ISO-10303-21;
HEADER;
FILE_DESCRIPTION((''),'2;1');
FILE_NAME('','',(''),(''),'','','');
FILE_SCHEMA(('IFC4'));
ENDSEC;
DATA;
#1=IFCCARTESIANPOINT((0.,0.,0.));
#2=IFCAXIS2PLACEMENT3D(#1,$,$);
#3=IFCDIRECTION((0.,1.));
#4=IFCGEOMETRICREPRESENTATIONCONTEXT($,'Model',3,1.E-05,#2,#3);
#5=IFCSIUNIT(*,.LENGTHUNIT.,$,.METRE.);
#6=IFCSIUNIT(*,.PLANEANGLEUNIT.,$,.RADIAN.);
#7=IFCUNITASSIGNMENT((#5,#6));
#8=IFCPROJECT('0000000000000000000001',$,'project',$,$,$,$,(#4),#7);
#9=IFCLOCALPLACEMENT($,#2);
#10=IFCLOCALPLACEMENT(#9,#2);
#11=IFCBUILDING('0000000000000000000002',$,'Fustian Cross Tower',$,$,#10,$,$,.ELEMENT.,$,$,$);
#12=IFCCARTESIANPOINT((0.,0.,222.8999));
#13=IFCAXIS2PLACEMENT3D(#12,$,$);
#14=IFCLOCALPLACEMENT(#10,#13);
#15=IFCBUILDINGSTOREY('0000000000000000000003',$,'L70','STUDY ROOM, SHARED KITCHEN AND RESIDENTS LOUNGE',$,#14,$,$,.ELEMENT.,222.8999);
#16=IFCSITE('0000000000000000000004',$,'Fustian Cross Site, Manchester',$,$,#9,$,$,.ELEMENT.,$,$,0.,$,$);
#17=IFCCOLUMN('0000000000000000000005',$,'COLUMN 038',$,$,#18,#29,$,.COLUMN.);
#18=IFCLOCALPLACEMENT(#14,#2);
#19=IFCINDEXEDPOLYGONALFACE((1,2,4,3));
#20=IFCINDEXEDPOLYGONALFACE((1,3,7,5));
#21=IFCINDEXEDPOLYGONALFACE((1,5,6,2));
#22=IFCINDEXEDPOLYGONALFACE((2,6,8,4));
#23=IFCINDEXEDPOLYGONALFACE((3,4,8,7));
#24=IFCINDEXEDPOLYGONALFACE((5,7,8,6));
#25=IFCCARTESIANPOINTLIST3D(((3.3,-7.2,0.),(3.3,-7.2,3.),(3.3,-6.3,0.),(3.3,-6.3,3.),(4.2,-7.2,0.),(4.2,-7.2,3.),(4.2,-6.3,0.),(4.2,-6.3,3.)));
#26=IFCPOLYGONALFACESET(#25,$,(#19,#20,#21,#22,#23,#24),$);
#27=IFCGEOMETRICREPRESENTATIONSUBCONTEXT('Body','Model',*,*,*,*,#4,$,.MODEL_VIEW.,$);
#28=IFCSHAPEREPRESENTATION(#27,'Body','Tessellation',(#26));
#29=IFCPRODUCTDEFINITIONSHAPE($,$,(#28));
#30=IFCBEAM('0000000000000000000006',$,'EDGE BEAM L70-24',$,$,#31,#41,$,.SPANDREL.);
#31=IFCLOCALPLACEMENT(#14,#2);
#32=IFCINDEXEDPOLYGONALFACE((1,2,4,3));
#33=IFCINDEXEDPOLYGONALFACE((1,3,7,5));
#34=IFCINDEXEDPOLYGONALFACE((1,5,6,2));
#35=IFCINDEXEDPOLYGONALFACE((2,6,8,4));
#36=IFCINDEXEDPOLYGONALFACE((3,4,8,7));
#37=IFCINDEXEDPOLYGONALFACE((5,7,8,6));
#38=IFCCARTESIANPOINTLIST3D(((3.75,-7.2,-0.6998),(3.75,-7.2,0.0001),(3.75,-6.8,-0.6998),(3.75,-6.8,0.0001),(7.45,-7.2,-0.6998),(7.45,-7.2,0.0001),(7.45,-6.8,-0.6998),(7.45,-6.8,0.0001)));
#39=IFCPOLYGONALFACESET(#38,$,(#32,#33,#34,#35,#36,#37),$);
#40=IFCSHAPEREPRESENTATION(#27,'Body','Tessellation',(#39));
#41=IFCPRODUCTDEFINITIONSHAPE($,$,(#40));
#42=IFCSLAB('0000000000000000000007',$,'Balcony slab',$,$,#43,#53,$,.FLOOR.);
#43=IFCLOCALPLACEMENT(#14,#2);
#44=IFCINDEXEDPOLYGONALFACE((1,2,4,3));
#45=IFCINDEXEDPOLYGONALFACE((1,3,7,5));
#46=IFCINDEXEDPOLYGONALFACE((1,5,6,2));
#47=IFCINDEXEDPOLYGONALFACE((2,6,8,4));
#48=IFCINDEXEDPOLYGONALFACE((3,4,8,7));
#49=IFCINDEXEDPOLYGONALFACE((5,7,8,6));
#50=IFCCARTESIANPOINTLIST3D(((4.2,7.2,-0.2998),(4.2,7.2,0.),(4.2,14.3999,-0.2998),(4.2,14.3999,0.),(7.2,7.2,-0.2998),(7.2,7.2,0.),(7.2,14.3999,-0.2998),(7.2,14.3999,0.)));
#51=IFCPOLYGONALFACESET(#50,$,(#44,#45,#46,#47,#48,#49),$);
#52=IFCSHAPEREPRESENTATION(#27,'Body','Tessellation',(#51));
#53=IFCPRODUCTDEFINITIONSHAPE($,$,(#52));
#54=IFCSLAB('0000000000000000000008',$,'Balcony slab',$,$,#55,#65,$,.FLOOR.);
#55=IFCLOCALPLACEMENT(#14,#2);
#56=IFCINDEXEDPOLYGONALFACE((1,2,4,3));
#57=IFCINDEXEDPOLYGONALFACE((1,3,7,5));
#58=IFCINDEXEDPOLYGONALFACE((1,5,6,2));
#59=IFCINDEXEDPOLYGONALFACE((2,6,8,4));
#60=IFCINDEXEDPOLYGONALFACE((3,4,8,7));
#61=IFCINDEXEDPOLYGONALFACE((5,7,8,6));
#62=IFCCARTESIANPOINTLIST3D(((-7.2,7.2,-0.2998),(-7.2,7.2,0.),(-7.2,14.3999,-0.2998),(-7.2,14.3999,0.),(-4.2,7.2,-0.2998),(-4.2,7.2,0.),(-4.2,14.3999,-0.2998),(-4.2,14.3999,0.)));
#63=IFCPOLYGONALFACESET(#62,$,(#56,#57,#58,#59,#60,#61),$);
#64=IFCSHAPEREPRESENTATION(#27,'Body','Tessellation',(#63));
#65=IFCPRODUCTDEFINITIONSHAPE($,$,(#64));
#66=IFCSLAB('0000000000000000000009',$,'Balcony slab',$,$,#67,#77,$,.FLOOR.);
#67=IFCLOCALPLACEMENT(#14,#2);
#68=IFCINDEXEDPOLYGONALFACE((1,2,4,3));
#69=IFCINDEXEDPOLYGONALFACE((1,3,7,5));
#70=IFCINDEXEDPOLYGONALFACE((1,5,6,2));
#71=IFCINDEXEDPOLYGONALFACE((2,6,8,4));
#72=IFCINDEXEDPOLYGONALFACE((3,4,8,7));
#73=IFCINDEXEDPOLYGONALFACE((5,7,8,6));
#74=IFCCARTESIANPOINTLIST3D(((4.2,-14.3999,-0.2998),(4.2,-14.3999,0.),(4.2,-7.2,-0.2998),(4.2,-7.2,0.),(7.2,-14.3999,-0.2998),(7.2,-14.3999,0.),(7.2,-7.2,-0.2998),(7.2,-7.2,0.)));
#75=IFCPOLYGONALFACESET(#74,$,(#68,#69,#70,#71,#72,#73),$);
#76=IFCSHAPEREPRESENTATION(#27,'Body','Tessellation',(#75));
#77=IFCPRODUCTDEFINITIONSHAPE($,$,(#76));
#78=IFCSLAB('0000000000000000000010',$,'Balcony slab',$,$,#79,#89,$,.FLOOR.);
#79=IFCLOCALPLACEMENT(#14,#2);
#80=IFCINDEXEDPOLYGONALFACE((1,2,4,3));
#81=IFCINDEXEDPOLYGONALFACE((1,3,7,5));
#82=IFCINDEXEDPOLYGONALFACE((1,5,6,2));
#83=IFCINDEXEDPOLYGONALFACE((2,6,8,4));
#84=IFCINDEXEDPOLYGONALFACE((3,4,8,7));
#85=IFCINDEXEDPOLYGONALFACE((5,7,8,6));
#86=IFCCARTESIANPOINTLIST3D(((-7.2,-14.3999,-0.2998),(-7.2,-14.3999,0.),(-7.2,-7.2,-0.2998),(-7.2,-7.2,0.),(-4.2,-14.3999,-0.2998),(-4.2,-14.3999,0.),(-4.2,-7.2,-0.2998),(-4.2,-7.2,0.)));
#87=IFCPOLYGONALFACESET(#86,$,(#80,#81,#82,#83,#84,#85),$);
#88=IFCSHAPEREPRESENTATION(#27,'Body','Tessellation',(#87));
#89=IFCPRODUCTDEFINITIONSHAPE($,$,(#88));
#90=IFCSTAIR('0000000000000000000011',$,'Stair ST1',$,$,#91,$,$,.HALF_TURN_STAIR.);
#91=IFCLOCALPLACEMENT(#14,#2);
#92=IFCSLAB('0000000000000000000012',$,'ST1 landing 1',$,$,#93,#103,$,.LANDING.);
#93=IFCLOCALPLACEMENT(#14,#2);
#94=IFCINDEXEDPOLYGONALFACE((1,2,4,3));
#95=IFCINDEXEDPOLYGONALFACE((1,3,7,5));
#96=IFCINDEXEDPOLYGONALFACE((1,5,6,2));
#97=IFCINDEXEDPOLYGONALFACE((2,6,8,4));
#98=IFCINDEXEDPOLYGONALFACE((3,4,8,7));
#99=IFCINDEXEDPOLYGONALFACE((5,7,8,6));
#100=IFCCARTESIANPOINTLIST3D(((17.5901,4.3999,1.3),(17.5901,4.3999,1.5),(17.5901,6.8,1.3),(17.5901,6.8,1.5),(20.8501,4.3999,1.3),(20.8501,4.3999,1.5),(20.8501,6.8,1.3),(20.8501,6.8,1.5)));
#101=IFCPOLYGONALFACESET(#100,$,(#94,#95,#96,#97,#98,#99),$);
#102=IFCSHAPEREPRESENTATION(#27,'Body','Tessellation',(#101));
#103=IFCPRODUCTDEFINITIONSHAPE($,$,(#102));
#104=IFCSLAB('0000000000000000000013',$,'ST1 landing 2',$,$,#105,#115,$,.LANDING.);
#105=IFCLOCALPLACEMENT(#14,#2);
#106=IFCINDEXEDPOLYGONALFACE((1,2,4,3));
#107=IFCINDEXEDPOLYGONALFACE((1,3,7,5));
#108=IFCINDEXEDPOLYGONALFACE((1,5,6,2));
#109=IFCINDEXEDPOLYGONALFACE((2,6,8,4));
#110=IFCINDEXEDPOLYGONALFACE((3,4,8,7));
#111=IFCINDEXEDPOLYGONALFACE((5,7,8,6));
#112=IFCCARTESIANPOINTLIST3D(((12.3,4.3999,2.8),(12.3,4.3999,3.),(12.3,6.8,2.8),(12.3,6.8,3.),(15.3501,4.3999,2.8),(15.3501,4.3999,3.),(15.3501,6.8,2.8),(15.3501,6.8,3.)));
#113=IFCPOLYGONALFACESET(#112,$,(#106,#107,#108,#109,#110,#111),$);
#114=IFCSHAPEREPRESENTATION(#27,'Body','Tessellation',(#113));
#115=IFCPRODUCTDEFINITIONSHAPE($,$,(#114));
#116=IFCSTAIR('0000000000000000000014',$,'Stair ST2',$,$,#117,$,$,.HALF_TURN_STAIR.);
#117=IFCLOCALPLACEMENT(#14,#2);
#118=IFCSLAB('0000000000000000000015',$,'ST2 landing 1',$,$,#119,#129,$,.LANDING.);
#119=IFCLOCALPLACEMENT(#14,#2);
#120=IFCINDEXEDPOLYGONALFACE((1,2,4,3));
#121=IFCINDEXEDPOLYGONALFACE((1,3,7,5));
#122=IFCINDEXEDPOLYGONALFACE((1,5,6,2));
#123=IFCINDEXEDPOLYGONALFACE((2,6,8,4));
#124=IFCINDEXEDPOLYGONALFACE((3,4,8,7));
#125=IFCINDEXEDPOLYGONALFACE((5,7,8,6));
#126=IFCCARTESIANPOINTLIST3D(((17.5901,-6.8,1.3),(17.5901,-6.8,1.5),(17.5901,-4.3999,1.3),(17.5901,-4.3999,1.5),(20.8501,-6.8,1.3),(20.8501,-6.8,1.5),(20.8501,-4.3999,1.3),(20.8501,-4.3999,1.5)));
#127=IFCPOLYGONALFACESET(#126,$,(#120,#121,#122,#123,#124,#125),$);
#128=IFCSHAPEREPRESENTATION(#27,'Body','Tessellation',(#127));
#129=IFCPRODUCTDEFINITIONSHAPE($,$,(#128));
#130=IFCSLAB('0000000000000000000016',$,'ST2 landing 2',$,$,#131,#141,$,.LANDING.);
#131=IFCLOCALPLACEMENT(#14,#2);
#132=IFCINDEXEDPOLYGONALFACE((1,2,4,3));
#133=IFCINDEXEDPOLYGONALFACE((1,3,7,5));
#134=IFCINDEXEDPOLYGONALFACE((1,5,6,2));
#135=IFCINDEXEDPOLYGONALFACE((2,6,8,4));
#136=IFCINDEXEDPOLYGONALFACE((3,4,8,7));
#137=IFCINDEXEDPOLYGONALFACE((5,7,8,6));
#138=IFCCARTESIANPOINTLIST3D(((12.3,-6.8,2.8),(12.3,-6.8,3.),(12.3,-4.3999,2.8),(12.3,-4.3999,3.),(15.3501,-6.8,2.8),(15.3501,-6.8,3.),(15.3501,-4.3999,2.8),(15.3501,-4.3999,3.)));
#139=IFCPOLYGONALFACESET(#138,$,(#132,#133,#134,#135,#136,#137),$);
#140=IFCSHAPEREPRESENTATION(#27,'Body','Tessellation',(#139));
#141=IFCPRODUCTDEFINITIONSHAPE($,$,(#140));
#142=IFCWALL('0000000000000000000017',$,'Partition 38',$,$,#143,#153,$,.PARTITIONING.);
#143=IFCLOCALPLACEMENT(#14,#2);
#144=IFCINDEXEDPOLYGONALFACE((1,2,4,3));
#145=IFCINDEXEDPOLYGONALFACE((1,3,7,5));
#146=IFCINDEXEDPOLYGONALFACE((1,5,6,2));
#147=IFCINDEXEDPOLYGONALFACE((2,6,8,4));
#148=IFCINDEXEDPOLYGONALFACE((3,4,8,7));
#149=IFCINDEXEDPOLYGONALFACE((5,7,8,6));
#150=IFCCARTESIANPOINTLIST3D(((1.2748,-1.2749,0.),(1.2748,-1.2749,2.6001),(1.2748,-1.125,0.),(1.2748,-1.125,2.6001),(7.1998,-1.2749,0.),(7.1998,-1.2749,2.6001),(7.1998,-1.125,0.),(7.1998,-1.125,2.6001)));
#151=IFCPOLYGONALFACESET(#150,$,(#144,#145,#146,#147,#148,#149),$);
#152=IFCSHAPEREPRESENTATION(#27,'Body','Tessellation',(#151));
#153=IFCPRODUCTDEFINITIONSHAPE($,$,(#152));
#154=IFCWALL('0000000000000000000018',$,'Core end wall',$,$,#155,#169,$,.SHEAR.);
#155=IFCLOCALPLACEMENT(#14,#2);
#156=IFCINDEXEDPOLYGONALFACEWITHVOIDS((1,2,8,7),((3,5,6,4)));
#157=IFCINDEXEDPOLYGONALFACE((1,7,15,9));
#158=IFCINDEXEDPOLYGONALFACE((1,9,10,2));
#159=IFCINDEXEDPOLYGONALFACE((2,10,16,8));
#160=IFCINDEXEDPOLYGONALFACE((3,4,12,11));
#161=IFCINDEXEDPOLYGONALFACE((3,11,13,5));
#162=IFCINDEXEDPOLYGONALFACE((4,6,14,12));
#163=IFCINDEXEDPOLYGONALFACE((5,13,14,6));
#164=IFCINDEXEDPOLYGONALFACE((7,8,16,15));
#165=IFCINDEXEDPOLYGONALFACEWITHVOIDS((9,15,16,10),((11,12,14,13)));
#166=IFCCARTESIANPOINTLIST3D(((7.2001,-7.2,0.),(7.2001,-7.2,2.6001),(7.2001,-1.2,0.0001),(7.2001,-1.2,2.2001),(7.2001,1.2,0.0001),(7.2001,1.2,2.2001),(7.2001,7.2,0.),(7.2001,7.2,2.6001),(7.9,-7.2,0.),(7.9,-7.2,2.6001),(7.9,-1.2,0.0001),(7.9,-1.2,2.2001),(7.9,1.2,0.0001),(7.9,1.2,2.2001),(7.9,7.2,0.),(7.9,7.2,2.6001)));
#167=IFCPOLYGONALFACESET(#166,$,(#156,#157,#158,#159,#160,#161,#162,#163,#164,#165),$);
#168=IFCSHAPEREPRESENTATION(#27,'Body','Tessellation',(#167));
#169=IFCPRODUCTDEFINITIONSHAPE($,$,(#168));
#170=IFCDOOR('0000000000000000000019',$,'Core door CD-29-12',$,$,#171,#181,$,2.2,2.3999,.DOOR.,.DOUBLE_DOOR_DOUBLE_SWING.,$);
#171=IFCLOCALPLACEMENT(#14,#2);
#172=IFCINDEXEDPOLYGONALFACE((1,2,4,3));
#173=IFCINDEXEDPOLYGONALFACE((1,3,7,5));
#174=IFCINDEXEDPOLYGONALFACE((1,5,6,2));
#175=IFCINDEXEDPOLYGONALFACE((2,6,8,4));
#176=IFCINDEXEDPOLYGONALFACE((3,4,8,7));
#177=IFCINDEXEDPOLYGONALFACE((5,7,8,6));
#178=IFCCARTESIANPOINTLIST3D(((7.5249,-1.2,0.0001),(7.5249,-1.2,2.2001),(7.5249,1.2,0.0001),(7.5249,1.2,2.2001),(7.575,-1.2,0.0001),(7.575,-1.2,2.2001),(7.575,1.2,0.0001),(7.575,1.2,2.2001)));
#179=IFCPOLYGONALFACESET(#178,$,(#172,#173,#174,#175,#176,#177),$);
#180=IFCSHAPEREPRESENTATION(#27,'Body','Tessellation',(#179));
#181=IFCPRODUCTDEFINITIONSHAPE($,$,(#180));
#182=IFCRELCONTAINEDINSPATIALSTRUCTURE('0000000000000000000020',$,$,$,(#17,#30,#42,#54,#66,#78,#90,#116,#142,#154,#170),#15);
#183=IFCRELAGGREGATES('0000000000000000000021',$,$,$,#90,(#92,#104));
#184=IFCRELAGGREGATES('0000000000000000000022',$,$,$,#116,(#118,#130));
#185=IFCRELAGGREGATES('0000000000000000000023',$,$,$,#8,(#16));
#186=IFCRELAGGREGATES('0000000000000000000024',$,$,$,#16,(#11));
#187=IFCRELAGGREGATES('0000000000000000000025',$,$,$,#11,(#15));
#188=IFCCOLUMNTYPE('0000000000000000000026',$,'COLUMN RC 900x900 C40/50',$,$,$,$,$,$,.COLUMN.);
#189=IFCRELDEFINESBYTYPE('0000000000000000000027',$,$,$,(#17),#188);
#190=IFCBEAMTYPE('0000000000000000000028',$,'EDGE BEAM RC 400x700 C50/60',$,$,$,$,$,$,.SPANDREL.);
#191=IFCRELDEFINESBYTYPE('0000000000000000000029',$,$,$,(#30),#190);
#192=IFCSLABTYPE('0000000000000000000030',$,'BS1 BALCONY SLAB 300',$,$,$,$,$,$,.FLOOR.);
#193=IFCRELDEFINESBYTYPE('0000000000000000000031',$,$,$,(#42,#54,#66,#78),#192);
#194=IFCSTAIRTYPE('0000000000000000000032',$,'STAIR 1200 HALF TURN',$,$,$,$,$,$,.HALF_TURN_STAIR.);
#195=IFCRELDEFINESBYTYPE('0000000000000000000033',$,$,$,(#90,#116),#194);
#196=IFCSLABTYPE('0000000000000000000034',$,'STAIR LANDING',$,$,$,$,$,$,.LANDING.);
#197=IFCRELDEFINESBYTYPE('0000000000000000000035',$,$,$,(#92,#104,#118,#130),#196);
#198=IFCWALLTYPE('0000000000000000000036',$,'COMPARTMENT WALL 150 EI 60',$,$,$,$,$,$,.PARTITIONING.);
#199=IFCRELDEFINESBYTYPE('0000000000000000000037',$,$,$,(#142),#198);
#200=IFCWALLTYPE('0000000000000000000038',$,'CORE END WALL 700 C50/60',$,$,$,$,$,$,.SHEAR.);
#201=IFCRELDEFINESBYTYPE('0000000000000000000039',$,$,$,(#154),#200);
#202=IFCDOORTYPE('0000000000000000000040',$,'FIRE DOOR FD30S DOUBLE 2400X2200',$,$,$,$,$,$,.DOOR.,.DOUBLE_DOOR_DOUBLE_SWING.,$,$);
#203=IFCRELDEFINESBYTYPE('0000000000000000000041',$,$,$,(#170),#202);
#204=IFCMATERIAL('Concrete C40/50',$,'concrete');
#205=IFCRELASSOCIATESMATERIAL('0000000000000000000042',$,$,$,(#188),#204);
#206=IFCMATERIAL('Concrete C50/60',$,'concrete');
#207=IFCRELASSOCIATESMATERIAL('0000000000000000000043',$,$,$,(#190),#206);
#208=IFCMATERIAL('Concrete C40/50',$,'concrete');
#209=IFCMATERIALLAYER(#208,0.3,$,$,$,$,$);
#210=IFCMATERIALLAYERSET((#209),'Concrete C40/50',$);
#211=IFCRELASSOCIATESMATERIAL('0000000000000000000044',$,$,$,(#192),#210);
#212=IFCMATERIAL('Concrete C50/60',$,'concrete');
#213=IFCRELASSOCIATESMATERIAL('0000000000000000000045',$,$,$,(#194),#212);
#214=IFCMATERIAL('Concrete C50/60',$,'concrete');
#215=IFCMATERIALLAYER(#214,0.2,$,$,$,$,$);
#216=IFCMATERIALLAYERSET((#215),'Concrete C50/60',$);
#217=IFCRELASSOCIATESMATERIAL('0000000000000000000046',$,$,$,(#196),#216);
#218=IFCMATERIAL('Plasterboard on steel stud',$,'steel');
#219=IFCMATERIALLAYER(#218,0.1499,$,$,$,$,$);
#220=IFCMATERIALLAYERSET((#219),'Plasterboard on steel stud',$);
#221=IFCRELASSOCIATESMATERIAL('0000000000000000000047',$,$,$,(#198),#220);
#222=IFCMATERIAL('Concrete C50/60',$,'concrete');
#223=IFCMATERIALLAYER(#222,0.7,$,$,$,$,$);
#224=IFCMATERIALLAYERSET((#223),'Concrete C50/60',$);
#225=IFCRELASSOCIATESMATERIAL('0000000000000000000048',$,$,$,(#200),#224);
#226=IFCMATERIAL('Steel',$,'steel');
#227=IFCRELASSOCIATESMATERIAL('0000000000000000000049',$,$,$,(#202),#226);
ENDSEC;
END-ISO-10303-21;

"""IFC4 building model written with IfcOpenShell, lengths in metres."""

from ifc_helpers import new_model, si_unit, direction, frame, frame_2d, origin, origin_2d, place, context, subcontext, project, spatial, polyline, rectangle, outline, extrude, material, layer, layer_set, material_profile, profile_set, type_object, element, fill, aggregate, save


model = new_model("IFC4")

# Units and contexts
model_context = context("Model", 3, precision=1e-05, world=origin(), true_north=direction((0.0, 1.0)))
body_context = subcontext(model_context, "Body", "Model", "MODEL_VIEW")
ifc_project = project(units=[si_unit("LENGTHUNIT", "METRE"), si_unit("PLANEANGLEUNIT", "RADIAN")], contexts=[model_context])

# Site, building, storey
site_placement = place(None, origin())
site = spatial("IfcSite", under=ifc_project, at=site_placement, Name="Fustian Cross Site, Manchester", CompositionType="ELEMENT", RefElevation=0.0)
building_placement = place(site_placement, origin())
building = spatial("IfcBuilding", under=site, at=building_placement, Name="Fustian Cross Tower", CompositionType="ELEMENT")
storey_placement = place(building_placement, frame((0.0, 0.0, 222.8999)))
storey = spatial("IfcBuildingStorey", under=building, at=storey_placement, Name="L70", Description="STUDY ROOM, SHARED KITCHEN AND RESIDENTS LOUNGE", CompositionType="ELEMENT", Elevation=222.8999)

# Column
ifc_material_1 = material(Name="Concrete C40/50", Category="concrete")
ifc_material_profile_1 = material_profile(ifc_material_1, rectangle(XDim=0.8999, YDim=0.8999, at=origin_2d()), Name="RC 900x900")
ifc_profile_set_1 = profile_set([ifc_material_profile_1], Name="Concrete C40/50")
column_type = type_object("IfcColumnType", Name="COLUMN RC 900x900 C40/50", PredefinedType="COLUMN", material=ifc_profile_set_1)
column_placement = place(storey_placement, frame((3.75, -6.75, 0.0), z_axis=(0.0, 0.0, 1.0), x_axis=(1.0, 0.0, 0.0)))
element("IfcColumn", 1, at=column_placement, inside=storey, type_object=column_type, Name="COLUMN 038", PredefinedType="COLUMN", context=body_context, shape_type="SweptSolid", body=[
    extrude(rectangle(XDim=0.8999, YDim=0.8999, at=origin_2d()), origin(), (0.0, 0.0, 1.0), 3.0),
])

# Beam
ifc_material_2 = material(Name="Concrete C50/60", Category="concrete")
ifc_material_profile_2 = material_profile(ifc_material_2, rectangle(XDim=0.3999, YDim=0.7, at=origin_2d()), Name="RC 400x700")
ifc_profile_set_2 = profile_set([ifc_material_profile_2], Name="Concrete C50/60")
beam_type = type_object("IfcBeamType", Name="EDGE BEAM RC 400x700 C50/60", PredefinedType="SPANDREL", material=ifc_profile_set_2)
beam_placement = place(storey_placement, frame((3.75, -7.0, -0.3499), z_axis=(1.0, 0.0, 0.0), x_axis=(0.0, 1.0, 0.0)))
element("IfcBeam", 2, at=beam_placement, inside=storey, type_object=beam_type, Name="EDGE BEAM L70-24", PredefinedType="SPANDREL", context=body_context, shape_type="SweptSolid", body=[
    extrude(rectangle(XDim=0.3999, YDim=0.7, at=origin_2d()), origin(), (0.0, 0.0, 1.0), 3.7),
])

# Slabs
ifc_material_3 = material(Name="Concrete C40/50", Category="concrete")
ifc_layer_1 = layer(ifc_material_3, 0.3)
ifc_layer_set_1 = layer_set([ifc_layer_1], Name="Concrete C40/50")
slab_type_1 = type_object("IfcSlabType", Name="BS1 BALCONY SLAB 300", PredefinedType="FLOOR", material=ifc_layer_set_1)
slab_1_placement = place(storey_placement, frame((0.0, 0.0, -0.2998)))
element("IfcSlab", 3, at=slab_1_placement, inside=storey, type_object=slab_type_1, Name="Balcony slab", PredefinedType="FLOOR", context=body_context, shape_type="SweptSolid", body=[
    extrude(outline(polyline([(4.2, 7.2), (7.2, 7.2), (7.2, 14.3999), (4.2, 14.3999), (4.2, 7.2)])), origin(), (0.0, 0.0, 1.0), 0.2998),
])
slab_2_placement = place(storey_placement, frame((0.0, 0.0, -0.2998)))
element("IfcSlab", 4, at=slab_2_placement, inside=storey, type_object=slab_type_1, Name="Balcony slab", PredefinedType="FLOOR", context=body_context, shape_type="SweptSolid", body=[
    extrude(outline(polyline([(-7.2, 7.2), (-4.2, 7.2), (-4.2, 14.3999), (-7.2, 14.3999), (-7.2, 7.2)])), origin(), (0.0, 0.0, 1.0), 0.2998),
])
slab_3_placement = place(storey_placement, frame((0.0, 0.0, -0.2998)))
element("IfcSlab", 5, at=slab_3_placement, inside=storey, type_object=slab_type_1, Name="Balcony slab", PredefinedType="FLOOR", context=body_context, shape_type="SweptSolid", body=[
    extrude(outline(polyline([(4.2, -14.3999), (7.2, -14.3999), (7.2, -7.2), (4.2, -7.2), (4.2, -14.3999)])), origin(), (0.0, 0.0, 1.0), 0.2998),
])
slab_4_placement = place(storey_placement, frame((0.0, 0.0, -0.2998)))
element("IfcSlab", 6, at=slab_4_placement, inside=storey, type_object=slab_type_1, Name="Balcony slab", PredefinedType="FLOOR", context=body_context, shape_type="SweptSolid", body=[
    extrude(outline(polyline([(-7.2, -14.3999), (-4.2, -14.3999), (-4.2, -7.2), (-7.2, -7.2), (-7.2, -14.3999)])), origin(), (0.0, 0.0, 1.0), 0.2998),
])

# Stairs, slabs
ifc_material_4 = material(Name="Concrete C50/60", Category="concrete")
stair_type = type_object("IfcStairType", Name="STAIR 1200 HALF TURN", PredefinedType="HALF_TURN_STAIR", material=ifc_material_4)
stair_1_placement = place(storey_placement, origin())
stair_1 = element("IfcStair", 7, at=stair_1_placement, inside=storey, type_object=stair_type, Name="Stair ST1", PredefinedType="HALF_TURN_STAIR")
ifc_material_5 = material(Name="Concrete C50/60", Category="concrete")
ifc_layer_2 = layer(ifc_material_5, 0.2)
ifc_layer_set_2 = layer_set([ifc_layer_2], Name="Concrete C50/60")
slab_type_2 = type_object("IfcSlabType", Name="STAIR LANDING", PredefinedType="LANDING", material=ifc_layer_set_2)
slab_5_placement = place(storey_placement, frame((0.0, 0.0, 1.3)))
slab_5 = element("IfcSlab", 8, at=slab_5_placement, type_object=slab_type_2, Name="ST1 landing 1", PredefinedType="LANDING", context=body_context, shape_type="SweptSolid", body=[
    extrude(outline(polyline([(17.5901, 4.3999), (20.8501, 4.3999), (20.8501, 6.8), (17.5901, 6.8), (17.5901, 4.3999)])), origin(), (0.0, 0.0, 1.0), 0.2),
])
slab_6_placement = place(storey_placement, frame((0.0, 0.0, 2.8)))
slab_6 = element("IfcSlab", 9, at=slab_6_placement, type_object=slab_type_2, Name="ST1 landing 2", PredefinedType="LANDING", context=body_context, shape_type="SweptSolid", body=[
    extrude(outline(polyline([(12.3, 4.3999), (15.3501, 4.3999), (15.3501, 6.8), (12.3, 6.8), (12.3, 4.3999)])), origin(), (0.0, 0.0, 1.0), 0.2),
])
aggregate(stair_1, [slab_5, slab_6])
stair_2_placement = place(storey_placement, origin())
stair_2 = element("IfcStair", 10, at=stair_2_placement, inside=storey, type_object=stair_type, Name="Stair ST2", PredefinedType="HALF_TURN_STAIR")
slab_7_placement = place(storey_placement, frame((0.0, 0.0, 1.3)))
slab_7 = element("IfcSlab", 11, at=slab_7_placement, type_object=slab_type_2, Name="ST2 landing 1", PredefinedType="LANDING", context=body_context, shape_type="SweptSolid", body=[
    extrude(outline(polyline([(17.5901, -4.3999), (20.8501, -4.3999), (20.8501, -6.8), (17.5901, -6.8), (17.5901, -4.3999)])), origin(), (0.0, 0.0, 1.0), 0.2),
])
slab_8_placement = place(storey_placement, frame((0.0, 0.0, 2.8)))
slab_8 = element("IfcSlab", 12, at=slab_8_placement, type_object=slab_type_2, Name="ST2 landing 2", PredefinedType="LANDING", context=body_context, shape_type="SweptSolid", body=[
    extrude(outline(polyline([(12.3, -4.3999), (15.3501, -4.3999), (15.3501, -6.8), (12.3, -6.8), (12.3, -4.3999)])), origin(), (0.0, 0.0, 1.0), 0.2),
])
aggregate(stair_2, [slab_7, slab_8])

# Wall
ifc_material_6 = material(Name="Plasterboard on steel stud", Category="steel")
ifc_layer_3 = layer(ifc_material_6, 0.1499)
ifc_layer_set_3 = layer_set([ifc_layer_3], Name="Plasterboard on steel stud")
wall_type_1 = type_object("IfcWallType", Name="COMPARTMENT WALL 150 EI 60", PredefinedType="PARTITIONING", material=ifc_layer_set_3)
wall_1_placement = place(storey_placement, frame((1.2749, -1.2, 0.0), z_axis=(0.0, 0.0, 1.0), x_axis=(1.0, 0.0, 0.0)))
element("IfcWall", 13, at=wall_1_placement, inside=storey, type_object=wall_type_1, Name="Partition 38", PredefinedType="PARTITIONING", context=body_context, shape_type="SweptSolid", body=[
    extrude(rectangle(XDim=5.925, YDim=0.1499, at=frame_2d((2.9624, 0.0))), origin(), (0.0, 0.0, 1.0), 2.6001),
])

# Wall, opening, door
ifc_material_7 = material(Name="Concrete C50/60", Category="concrete")
ifc_layer_4 = layer(ifc_material_7, 0.7)
ifc_layer_set_4 = layer_set([ifc_layer_4], Name="Concrete C50/60")
wall_type_2 = type_object("IfcWallType", Name="CORE END WALL 700 C50/60", PredefinedType="SHEAR", material=ifc_layer_set_4)
wall_2_placement = place(storey_placement, frame((7.55, -7.2, 0.0), z_axis=(0.0, 0.0, 1.0), x_axis=(0.0, 1.0, 0.0)))
wall_2 = element("IfcWall", 14, at=wall_2_placement, inside=storey, type_object=wall_type_2, Name="Core end wall", PredefinedType="SHEAR", context=body_context, shape_type="SweptSolid", body=[
    extrude(rectangle(XDim=14.3999, YDim=0.7, at=frame_2d((7.2, 0.0))), origin(), (0.0, 0.0, 1.0), 2.6001),
])
opening_placement = place(wall_2_placement, frame((6.0, 0.0, 0.0)))
opening = element("IfcOpeningElement", 15, at=opening_placement, cuts=wall_2, PredefinedType="OPENING", context=body_context, shape_type="SweptSolid", body=[
    extrude(rectangle(XDim=2.3999, YDim=2.2, at=frame_2d((1.2, 1.1001))), frame((0.0, 0.3599, 0.0), z_axis=(0.0, -1.0, 0.0), x_axis=(1.0, 0.0, 0.0)), (0.0, 0.0, 1.0), 0.72),
])
ifc_material_8 = material(Name="Steel", Category="steel")
door_type = type_object("IfcDoorType", Name="FIRE DOOR FD30S DOUBLE 2400X2200", OperationType="DOUBLE_DOOR_DOUBLE_SWING", PredefinedType="DOOR", material=ifc_material_8)
door_placement = place(opening_placement, frame((2.3999, 0.0, 0.0), z_axis=(0.0, 0.0, 1.0), x_axis=(-1.0, 0.0, 0.0)))
door = element("IfcDoor", 16, at=door_placement, inside=storey, type_object=door_type, Name="Core door CD-29-12", OperationType="DOUBLE_DOOR_DOUBLE_SWING", OverallHeight=2.2, OverallWidth=2.3999, PredefinedType="DOOR", context=body_context, shape_type="SweptSolid", body=[
    extrude(rectangle(XDim=2.3999, YDim=2.2, at=frame_2d((1.2, 1.1001))), frame((0.0, 0.0249, 0.0), z_axis=(0.0, -1.0, 0.0), x_axis=(1.0, 0.0, 0.0)), (0.0, 0.0, 1.0), 0.05),
])
fill(opening, door)

save(model, "model.ifc")
